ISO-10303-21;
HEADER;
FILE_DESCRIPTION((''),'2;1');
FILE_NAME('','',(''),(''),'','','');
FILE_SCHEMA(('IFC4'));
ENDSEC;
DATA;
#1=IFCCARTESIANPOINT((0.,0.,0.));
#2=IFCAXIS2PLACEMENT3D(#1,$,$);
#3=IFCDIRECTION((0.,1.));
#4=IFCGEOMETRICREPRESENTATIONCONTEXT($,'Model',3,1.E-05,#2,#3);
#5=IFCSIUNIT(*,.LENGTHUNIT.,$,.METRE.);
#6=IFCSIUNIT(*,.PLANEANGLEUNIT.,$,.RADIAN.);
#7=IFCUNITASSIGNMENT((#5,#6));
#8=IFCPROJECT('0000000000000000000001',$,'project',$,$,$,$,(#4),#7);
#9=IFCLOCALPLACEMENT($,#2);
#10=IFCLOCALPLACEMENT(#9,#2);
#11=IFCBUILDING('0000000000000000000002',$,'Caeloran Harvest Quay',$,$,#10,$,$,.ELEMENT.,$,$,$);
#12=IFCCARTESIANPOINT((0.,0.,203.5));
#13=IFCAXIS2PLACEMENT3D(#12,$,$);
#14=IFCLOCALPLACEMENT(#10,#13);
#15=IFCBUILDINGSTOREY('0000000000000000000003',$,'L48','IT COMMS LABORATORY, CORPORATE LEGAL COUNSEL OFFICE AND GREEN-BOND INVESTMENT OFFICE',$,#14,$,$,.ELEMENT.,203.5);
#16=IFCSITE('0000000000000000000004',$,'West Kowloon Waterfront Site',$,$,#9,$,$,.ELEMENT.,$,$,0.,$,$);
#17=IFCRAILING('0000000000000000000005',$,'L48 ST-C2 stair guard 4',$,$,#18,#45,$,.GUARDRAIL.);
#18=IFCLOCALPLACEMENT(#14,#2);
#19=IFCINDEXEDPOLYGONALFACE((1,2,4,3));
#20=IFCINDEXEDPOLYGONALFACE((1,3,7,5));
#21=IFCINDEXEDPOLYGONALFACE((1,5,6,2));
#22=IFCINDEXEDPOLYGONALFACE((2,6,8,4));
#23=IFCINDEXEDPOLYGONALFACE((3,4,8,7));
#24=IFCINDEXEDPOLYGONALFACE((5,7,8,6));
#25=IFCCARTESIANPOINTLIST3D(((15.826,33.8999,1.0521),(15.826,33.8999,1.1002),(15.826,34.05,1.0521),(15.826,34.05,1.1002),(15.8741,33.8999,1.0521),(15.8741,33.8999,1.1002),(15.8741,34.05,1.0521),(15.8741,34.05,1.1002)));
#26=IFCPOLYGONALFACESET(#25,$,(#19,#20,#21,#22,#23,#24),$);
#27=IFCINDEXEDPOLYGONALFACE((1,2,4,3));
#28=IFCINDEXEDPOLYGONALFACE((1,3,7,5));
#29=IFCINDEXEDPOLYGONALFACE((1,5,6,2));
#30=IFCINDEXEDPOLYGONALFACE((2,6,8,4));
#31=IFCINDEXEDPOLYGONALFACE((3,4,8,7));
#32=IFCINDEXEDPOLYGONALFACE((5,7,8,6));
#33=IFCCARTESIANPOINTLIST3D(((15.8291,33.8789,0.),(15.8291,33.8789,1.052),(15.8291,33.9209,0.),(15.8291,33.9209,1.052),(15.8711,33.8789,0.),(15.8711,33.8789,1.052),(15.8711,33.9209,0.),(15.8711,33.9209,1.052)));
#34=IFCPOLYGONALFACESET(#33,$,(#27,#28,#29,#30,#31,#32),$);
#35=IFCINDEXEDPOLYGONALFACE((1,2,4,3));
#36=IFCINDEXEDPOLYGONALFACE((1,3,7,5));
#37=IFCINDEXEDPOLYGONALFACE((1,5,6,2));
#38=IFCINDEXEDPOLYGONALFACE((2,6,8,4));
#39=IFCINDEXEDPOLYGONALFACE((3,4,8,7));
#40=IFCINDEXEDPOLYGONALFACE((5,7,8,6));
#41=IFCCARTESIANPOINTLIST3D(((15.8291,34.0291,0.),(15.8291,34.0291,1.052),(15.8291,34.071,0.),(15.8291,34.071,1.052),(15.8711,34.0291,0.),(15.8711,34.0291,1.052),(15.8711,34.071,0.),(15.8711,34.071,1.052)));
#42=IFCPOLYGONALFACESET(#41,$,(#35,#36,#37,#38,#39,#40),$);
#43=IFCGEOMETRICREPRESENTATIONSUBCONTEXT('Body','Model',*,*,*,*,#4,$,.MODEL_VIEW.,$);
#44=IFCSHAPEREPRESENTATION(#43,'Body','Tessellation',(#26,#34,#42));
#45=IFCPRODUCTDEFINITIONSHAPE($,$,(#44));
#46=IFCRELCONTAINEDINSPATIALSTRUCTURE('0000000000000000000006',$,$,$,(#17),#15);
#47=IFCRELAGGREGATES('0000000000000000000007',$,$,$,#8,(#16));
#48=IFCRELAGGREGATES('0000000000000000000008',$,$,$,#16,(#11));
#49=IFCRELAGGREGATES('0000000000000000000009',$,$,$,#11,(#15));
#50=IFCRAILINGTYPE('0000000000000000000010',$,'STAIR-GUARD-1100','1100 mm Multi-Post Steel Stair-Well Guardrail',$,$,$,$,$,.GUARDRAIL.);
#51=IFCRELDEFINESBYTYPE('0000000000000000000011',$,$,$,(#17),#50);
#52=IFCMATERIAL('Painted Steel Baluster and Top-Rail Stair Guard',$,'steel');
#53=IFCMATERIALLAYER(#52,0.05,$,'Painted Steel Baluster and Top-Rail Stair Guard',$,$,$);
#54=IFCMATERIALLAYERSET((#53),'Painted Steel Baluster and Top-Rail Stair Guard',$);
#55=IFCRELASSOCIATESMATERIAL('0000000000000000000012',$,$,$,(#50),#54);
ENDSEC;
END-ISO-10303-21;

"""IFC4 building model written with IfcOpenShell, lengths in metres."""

from ifc_helpers import new_model, si_unit, direction, frame, origin, origin_2d, place, context, subcontext, project, spatial, rectangle, extrude, material, layer, layer_set, type_object, element, save


model = new_model("IFC4")

# Units and contexts
model_context = context("Model", 3, precision=1e-05, world=origin(), true_north=direction((0.0, 1.0)))
body_context = subcontext(model_context, "Body", "Model", "MODEL_VIEW")
ifc_project = project(units=[si_unit("LENGTHUNIT", "METRE"), si_unit("PLANEANGLEUNIT", "RADIAN")], contexts=[model_context])

# Site, building, storey
site_placement = place(None, origin())
site = spatial("IfcSite", under=ifc_project, at=site_placement, Name="West Kowloon Waterfront Site", CompositionType="ELEMENT", RefElevation=0.0)
building_placement = place(site_placement, origin())
building = spatial("IfcBuilding", under=site, at=building_placement, Name="Caeloran Harvest Quay", CompositionType="ELEMENT")
storey_placement = place(building_placement, frame((0.0, 0.0, 203.5)))
storey = spatial("IfcBuildingStorey", under=building, at=storey_placement, Name="L48", Description="IT COMMS LABORATORY, CORPORATE LEGAL COUNSEL OFFICE AND GREEN-BOND INVESTMENT OFFICE", CompositionType="ELEMENT", Elevation=203.5)

# Railing
ifc_material_1 = material(Name="Painted Steel Baluster and Top-Rail Stair Guard", Category="steel")
ifc_layer_1 = layer(ifc_material_1, 0.05, Name="Painted Steel Baluster and Top-Rail Stair Guard")
ifc_layer_set_1 = layer_set([ifc_layer_1], Name="Painted Steel Baluster and Top-Rail Stair Guard")
railing_type = type_object("IfcRailingType", Name="STAIR-GUARD-1100", Description="1100 mm Multi-Post Steel Stair-Well Guardrail", PredefinedType="GUARDRAIL", material=ifc_layer_set_1)
railing_1_placement = place(storey_placement, frame((15.8501, 33.8999, 0.0)))
element("IfcRailing", 1, at=railing_1_placement, inside=storey, type_object=railing_type, Name="L48 ST-C2 stair guard 4", PredefinedType="GUARDRAIL", context=body_context, shape_type="SweptSolid", body=[
    extrude(rectangle(XDim=0.0481, YDim=0.0481, at=origin_2d()), frame((0.0, 0.0, 1.0762), z_axis=(0.0, 1.0, 0.0), x_axis=(-1.0, 0.0, 0.0)), (0.0, 0.0, 1.0), 0.1501),
    extrude(rectangle(XDim=0.042, YDim=0.042, at=origin_2d()), origin(), (0.0, 0.0, 1.0), 1.052),
    extrude(rectangle(XDim=0.042, YDim=0.042, at=origin_2d()), frame((0.0, 0.1501, 0.0)), (0.0, 0.0, 1.0), 1.052),
])

save(model, "model.ifc")
